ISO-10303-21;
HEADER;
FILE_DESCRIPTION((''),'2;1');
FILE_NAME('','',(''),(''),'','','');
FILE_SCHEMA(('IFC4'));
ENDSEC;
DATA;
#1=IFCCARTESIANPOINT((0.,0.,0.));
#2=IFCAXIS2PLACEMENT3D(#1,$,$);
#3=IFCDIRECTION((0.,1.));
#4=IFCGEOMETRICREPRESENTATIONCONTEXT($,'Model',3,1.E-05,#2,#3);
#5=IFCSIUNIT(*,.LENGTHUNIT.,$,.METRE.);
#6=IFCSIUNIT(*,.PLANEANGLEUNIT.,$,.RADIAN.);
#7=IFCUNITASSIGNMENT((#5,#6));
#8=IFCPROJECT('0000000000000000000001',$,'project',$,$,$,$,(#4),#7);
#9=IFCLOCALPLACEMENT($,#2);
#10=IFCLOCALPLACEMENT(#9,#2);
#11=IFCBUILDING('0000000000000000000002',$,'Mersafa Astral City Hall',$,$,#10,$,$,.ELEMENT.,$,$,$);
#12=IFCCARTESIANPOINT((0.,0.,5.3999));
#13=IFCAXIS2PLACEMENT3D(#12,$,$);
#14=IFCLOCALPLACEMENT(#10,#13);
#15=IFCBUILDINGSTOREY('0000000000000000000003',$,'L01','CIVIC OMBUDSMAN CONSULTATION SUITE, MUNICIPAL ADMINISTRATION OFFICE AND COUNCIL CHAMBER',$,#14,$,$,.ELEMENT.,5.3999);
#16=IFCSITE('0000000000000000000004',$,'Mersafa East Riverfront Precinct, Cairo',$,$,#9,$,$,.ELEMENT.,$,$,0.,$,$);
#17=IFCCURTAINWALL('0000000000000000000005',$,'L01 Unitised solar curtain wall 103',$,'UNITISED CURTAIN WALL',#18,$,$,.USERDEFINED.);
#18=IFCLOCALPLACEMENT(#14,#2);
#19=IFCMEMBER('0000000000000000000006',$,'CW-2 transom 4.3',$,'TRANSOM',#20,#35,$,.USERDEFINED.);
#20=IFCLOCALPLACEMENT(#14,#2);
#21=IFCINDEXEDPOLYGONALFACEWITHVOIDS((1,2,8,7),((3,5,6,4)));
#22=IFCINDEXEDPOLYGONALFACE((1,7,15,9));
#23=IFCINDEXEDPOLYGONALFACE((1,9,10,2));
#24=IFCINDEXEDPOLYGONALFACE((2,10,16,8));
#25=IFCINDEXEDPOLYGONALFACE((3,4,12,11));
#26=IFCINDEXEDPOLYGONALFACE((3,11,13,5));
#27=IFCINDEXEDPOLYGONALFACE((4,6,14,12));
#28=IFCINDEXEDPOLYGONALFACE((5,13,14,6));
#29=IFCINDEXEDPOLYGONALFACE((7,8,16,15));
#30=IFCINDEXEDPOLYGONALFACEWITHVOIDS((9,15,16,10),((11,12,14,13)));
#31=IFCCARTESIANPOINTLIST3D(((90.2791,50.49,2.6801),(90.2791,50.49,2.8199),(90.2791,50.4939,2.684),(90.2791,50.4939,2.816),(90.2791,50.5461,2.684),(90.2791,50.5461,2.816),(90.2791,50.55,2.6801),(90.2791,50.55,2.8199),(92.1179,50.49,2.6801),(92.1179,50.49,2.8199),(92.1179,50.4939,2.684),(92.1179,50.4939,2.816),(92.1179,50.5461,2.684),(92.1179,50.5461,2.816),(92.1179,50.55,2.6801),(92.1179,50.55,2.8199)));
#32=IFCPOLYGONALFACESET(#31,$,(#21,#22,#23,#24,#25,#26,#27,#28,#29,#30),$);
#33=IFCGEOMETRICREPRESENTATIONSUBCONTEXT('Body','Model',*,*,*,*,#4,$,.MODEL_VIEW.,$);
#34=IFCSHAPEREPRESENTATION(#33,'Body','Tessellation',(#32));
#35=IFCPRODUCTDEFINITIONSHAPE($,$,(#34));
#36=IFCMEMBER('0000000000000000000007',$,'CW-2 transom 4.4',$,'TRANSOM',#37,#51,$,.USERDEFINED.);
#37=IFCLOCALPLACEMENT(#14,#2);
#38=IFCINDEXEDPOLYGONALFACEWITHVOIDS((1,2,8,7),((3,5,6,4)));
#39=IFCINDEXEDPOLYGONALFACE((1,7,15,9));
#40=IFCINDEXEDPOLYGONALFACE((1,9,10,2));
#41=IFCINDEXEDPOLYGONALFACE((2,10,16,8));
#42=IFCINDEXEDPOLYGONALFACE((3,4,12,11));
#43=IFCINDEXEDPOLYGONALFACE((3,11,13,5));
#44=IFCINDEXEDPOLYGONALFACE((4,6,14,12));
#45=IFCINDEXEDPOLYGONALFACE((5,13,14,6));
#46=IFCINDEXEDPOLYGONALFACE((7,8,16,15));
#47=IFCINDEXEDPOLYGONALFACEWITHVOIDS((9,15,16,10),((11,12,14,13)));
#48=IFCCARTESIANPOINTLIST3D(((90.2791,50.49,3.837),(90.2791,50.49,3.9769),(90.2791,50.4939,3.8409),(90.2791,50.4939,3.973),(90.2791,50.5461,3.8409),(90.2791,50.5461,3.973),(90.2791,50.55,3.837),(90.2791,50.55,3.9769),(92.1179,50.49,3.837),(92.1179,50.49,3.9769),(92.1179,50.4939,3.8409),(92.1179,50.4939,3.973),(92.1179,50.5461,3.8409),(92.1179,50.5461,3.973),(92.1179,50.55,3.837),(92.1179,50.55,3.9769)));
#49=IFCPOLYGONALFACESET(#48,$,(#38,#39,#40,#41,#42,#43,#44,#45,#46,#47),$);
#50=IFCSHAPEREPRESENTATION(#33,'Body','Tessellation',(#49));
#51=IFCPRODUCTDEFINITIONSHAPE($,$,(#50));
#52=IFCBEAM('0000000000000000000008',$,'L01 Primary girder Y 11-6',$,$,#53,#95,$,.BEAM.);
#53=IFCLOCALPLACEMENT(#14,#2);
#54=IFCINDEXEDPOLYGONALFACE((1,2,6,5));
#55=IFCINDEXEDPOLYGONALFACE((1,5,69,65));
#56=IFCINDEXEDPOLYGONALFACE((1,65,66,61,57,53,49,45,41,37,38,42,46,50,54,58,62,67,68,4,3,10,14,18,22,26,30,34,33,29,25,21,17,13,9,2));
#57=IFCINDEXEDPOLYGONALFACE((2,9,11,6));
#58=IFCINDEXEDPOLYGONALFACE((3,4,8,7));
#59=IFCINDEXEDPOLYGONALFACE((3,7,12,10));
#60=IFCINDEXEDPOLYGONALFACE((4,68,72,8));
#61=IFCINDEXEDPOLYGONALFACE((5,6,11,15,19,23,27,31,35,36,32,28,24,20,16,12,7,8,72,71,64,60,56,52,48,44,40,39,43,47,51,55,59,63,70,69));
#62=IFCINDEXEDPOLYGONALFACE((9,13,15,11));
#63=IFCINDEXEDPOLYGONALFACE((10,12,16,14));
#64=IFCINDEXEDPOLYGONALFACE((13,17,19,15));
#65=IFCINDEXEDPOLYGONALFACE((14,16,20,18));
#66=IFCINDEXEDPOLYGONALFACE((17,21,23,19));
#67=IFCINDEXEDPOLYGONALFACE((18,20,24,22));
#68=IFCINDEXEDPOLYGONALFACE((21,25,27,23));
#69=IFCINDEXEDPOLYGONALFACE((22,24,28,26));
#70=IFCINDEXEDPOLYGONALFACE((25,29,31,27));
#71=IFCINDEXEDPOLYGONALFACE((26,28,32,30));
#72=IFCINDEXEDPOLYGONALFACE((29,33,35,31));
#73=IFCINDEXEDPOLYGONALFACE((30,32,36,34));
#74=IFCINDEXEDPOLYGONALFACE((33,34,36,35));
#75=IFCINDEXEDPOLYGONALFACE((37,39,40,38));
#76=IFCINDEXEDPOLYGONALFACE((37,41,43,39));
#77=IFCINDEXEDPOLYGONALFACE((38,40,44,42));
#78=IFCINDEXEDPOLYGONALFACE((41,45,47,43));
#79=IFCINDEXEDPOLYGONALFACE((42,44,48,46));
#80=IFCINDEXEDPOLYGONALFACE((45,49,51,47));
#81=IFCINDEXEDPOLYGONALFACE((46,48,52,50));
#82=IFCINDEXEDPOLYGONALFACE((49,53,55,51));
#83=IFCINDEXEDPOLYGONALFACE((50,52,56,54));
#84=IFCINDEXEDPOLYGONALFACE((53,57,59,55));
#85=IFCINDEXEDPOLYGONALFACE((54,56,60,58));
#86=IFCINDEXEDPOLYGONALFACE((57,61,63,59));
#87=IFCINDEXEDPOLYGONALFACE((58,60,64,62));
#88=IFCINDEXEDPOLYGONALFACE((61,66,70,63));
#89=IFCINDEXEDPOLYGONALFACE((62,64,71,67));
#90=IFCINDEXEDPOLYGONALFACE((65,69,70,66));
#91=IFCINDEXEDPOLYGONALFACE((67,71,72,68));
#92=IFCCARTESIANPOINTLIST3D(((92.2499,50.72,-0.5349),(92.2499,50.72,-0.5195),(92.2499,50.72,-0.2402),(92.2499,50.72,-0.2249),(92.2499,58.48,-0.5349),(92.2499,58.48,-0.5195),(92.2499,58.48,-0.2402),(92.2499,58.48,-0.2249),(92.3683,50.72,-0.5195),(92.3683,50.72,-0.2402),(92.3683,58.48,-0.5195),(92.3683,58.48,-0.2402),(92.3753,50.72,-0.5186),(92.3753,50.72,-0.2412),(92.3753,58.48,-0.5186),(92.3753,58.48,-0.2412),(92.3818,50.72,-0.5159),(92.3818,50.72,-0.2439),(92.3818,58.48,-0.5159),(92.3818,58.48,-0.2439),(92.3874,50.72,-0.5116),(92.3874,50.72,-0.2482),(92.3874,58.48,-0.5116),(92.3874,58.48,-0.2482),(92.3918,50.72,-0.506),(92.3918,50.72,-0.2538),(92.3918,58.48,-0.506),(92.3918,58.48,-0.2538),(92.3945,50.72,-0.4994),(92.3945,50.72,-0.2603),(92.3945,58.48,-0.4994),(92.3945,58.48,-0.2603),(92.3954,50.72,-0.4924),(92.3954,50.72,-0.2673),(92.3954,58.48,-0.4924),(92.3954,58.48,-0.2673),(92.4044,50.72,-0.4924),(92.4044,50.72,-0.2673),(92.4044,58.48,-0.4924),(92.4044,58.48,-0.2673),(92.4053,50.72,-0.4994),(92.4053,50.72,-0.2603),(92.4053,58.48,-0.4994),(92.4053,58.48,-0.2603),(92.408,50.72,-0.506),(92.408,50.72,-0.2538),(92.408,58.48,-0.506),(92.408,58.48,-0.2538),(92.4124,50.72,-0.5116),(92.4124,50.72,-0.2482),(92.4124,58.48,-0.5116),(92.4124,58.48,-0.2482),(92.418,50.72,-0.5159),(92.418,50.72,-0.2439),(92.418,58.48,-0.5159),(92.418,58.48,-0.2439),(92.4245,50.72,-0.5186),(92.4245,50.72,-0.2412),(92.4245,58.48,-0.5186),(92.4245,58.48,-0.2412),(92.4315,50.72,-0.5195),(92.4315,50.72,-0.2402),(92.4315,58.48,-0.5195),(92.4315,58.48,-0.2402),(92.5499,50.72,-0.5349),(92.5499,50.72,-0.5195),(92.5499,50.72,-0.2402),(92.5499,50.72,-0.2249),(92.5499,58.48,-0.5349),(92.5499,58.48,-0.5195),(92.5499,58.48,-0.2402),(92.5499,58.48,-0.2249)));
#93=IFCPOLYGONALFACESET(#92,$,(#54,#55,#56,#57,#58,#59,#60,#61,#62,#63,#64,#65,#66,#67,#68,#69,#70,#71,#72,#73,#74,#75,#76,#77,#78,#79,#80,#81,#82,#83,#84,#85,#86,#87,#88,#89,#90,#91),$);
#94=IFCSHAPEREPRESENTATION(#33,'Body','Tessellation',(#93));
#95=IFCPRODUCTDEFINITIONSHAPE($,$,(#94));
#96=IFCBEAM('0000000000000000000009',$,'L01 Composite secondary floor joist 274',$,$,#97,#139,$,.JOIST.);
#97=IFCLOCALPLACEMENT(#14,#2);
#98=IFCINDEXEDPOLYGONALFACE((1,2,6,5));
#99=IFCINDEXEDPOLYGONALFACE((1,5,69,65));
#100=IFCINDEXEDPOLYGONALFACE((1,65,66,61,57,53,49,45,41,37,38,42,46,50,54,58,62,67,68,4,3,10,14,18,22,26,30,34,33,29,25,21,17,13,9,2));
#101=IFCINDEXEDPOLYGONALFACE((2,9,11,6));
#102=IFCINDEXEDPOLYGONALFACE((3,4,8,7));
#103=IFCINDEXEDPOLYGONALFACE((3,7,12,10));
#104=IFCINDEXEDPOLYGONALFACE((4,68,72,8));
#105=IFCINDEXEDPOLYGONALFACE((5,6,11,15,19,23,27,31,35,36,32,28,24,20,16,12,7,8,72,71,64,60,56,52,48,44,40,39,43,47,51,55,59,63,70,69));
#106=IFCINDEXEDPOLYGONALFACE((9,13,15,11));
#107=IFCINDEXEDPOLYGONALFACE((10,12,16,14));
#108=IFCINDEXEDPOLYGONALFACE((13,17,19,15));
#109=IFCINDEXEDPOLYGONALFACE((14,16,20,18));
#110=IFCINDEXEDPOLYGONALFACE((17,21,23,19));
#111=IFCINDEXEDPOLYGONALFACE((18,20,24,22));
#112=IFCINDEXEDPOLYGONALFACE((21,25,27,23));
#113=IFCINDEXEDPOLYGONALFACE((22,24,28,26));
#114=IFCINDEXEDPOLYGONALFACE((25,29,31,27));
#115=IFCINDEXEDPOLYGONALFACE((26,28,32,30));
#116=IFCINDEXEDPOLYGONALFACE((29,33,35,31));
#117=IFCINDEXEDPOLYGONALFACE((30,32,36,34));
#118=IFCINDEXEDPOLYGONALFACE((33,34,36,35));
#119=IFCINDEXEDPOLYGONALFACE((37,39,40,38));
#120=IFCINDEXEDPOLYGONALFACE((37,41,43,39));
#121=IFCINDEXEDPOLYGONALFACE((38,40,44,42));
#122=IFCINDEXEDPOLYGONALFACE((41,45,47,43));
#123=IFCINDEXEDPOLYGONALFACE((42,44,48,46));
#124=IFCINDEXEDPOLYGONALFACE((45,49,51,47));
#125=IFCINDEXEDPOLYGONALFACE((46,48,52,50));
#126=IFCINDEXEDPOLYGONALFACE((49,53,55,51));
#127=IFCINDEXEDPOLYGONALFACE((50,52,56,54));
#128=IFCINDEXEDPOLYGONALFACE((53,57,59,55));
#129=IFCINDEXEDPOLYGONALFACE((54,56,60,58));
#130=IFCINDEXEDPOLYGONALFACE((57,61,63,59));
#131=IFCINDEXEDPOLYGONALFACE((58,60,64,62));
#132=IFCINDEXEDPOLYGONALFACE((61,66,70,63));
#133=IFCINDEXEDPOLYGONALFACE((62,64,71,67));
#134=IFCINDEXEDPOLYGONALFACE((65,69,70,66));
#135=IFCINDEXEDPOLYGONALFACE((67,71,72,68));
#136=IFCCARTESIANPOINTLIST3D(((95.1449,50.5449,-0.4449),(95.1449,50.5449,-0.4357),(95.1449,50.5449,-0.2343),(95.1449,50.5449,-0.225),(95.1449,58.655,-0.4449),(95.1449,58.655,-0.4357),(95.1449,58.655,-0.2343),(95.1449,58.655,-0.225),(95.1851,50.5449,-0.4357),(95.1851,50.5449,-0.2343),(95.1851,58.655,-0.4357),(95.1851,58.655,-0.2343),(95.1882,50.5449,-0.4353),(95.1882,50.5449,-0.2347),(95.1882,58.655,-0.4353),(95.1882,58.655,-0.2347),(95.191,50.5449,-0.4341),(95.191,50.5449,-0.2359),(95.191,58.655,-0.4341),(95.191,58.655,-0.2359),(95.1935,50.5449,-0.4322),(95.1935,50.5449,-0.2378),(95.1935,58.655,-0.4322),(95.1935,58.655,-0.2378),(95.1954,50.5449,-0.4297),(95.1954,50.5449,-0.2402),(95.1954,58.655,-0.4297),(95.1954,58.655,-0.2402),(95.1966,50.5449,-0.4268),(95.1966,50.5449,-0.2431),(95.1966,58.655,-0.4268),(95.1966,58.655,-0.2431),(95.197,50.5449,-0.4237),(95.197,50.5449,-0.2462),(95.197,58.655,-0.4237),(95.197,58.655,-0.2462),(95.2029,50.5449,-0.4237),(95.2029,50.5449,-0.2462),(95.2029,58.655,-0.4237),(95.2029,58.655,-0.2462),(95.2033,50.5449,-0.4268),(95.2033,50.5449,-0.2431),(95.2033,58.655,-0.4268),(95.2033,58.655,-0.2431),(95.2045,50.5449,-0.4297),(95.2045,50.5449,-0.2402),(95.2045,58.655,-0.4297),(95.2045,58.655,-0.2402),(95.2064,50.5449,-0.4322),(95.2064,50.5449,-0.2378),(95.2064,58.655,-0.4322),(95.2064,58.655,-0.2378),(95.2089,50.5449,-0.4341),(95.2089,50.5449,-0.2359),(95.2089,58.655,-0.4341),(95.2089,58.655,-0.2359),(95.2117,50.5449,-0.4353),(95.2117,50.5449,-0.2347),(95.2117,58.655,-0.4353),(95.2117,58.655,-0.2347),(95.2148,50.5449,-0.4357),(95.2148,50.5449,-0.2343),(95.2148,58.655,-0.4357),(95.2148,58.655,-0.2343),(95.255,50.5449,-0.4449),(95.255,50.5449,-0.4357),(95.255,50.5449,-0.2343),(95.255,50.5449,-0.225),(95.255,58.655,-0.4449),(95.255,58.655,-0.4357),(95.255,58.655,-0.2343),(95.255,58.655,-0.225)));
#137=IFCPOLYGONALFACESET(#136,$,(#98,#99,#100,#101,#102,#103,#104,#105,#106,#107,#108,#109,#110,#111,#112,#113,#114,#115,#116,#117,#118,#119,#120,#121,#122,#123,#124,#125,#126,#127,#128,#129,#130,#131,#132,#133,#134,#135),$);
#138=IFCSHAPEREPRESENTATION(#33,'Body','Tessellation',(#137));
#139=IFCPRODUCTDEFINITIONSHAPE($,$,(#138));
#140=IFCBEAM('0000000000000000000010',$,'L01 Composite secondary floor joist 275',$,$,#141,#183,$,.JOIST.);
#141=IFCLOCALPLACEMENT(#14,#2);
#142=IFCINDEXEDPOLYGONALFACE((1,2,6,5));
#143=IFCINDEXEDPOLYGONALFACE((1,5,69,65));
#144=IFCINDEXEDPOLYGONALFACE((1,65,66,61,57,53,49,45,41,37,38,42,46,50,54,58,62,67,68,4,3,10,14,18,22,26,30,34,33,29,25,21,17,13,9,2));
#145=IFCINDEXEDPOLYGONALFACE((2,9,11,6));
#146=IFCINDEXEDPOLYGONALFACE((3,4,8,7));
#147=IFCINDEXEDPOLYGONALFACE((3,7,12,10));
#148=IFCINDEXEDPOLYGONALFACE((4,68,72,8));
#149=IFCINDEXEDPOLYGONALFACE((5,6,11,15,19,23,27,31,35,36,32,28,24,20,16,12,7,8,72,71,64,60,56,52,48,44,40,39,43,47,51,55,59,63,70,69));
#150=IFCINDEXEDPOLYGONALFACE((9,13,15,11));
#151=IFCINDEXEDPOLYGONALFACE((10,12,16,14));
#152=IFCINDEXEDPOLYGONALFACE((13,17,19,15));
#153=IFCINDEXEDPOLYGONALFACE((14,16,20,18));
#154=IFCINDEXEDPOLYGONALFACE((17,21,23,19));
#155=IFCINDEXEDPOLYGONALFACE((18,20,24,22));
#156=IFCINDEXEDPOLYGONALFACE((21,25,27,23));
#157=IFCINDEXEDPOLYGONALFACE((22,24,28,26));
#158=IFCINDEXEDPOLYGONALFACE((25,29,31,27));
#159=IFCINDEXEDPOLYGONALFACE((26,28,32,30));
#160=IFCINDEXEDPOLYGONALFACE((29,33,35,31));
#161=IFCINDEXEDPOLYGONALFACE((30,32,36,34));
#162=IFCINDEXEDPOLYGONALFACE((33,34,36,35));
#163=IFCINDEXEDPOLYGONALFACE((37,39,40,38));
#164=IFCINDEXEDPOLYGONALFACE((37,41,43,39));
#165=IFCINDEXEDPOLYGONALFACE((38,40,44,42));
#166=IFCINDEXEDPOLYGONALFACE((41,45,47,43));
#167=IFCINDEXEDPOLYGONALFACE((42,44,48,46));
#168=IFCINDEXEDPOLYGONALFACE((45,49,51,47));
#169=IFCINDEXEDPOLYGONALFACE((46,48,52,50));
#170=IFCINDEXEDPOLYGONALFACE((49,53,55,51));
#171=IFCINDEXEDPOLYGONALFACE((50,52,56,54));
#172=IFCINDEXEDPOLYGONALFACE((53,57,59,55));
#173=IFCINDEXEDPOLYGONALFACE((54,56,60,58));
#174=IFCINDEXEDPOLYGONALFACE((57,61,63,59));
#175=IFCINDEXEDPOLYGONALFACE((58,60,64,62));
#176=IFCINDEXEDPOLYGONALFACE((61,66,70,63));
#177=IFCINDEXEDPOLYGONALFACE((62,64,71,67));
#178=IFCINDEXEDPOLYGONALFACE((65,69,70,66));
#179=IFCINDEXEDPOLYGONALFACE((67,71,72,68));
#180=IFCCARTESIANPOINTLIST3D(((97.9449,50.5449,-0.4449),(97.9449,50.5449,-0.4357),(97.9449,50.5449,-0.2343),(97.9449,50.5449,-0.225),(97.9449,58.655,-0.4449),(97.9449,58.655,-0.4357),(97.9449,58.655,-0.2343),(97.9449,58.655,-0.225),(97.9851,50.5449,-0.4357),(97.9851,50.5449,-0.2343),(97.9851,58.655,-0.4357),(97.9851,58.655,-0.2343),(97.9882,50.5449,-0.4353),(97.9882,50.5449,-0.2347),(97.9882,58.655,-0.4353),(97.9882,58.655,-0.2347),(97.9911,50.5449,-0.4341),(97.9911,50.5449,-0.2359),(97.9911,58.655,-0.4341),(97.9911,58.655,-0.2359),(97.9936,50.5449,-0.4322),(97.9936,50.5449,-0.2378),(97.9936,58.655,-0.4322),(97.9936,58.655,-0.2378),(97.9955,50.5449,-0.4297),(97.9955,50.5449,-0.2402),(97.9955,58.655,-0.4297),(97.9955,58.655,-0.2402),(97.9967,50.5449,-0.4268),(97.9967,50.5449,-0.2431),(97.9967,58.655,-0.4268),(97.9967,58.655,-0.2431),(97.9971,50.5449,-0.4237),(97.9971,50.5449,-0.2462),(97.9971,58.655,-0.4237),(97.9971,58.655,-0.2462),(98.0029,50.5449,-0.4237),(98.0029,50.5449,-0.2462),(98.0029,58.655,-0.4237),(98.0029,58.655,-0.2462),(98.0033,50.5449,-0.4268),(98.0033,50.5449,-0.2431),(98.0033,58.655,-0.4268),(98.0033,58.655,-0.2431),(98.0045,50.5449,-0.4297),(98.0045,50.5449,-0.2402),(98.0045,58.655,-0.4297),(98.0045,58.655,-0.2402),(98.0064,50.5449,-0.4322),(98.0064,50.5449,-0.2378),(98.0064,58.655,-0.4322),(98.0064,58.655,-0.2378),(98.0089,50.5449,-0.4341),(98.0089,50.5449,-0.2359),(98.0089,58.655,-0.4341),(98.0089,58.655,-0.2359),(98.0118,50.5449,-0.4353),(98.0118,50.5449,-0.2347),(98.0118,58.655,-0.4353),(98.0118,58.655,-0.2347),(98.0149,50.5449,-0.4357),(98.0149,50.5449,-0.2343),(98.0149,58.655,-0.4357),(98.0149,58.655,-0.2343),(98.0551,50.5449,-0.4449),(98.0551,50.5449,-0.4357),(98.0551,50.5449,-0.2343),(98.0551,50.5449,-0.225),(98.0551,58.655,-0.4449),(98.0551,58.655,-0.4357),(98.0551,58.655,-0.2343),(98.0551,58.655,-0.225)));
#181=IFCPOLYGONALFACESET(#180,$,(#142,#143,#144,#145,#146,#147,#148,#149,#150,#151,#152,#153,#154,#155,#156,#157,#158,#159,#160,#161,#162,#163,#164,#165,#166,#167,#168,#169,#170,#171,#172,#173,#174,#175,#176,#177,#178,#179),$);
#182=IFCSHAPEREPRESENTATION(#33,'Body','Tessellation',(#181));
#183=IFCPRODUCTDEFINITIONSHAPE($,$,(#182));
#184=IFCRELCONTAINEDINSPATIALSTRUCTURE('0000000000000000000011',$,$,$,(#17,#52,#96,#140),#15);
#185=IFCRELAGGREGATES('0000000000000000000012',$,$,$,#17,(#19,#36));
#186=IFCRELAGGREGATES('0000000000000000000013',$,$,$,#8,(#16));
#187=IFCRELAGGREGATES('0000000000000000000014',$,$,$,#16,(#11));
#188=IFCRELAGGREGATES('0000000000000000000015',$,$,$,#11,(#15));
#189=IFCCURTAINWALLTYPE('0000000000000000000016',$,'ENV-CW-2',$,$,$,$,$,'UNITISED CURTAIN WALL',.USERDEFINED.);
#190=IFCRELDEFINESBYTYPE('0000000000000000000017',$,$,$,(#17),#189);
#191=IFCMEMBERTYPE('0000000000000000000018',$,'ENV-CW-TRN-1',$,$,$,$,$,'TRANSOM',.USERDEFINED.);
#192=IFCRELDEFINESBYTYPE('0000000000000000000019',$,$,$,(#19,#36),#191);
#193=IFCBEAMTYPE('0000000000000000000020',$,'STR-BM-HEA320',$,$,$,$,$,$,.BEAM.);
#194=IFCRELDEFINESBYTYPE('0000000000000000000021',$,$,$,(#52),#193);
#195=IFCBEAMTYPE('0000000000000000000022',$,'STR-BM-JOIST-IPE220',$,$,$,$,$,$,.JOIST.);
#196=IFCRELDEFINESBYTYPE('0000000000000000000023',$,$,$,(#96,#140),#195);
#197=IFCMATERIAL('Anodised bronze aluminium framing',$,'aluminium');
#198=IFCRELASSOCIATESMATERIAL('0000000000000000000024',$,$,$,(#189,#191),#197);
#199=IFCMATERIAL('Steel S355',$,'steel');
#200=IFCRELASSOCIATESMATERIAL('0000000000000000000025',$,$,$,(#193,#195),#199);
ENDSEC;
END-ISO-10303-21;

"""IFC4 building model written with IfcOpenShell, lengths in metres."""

from ifc_helpers import new_model, si_unit, direction, frame, origin, origin_2d, place, context, subcontext, project, spatial, hollow_rectangle, i_section, extrude, material, material_profile, profile_set, type_object, element, aggregate, save


model = new_model("IFC4")

# Units and contexts
model_context = context("Model", 3, precision=1e-05, world=origin(), true_north=direction((0.0, 1.0)))
body_context = subcontext(model_context, "Body", "Model", "MODEL_VIEW")
ifc_project = project(units=[si_unit("LENGTHUNIT", "METRE"), si_unit("PLANEANGLEUNIT", "RADIAN")], contexts=[model_context])

# Site, building, storey
site_placement = place(None, origin())
site = spatial("IfcSite", under=ifc_project, at=site_placement, Name="Mersafa East Riverfront Precinct, Cairo", CompositionType="ELEMENT", RefElevation=0.0)
building_placement = place(site_placement, origin())
building = spatial("IfcBuilding", under=site, at=building_placement, Name="Mersafa Astral City Hall", CompositionType="ELEMENT")
storey_placement = place(building_placement, frame((0.0, 0.0, 5.3999)))
storey = spatial("IfcBuildingStorey", under=building, at=storey_placement, Name="L01", Description="CIVIC OMBUDSMAN CONSULTATION SUITE, MUNICIPAL ADMINISTRATION OFFICE AND COUNCIL CHAMBER", CompositionType="ELEMENT", Elevation=5.3999)

# Shared definitions
ifc_material_1 = material(Name="Steel S355", Category="steel")

# Curtain wall
ifc_material_2 = material(Name="Anodised bronze aluminium framing", Category="aluminium")
curtain_wall_type_1 = type_object("IfcCurtainWallType", Name="ENV-CW-2", ElementType="UNITISED CURTAIN WALL", PredefinedType="USERDEFINED", material=ifc_material_2)
curtain_wall_1_placement = place(storey_placement, origin())
curtain_wall_1 = element("IfcCurtainWall", 1, at=curtain_wall_1_placement, inside=storey, type_object=curtain_wall_type_1, Name="L01 Unitised solar curtain wall 103", ObjectType="UNITISED CURTAIN WALL", PredefinedType="USERDEFINED")

# Members
ifc_material_profile_1 = material_profile(ifc_material_2, hollow_rectangle(XDim=0.0601, YDim=0.1399, WallThickness=0.0039, at=origin_2d()), Name="RHS 60x140x4")
ifc_profile_set_1 = profile_set([ifc_material_profile_1], Name="Anodised bronze aluminium framing")
member_type_1 = type_object("IfcMemberType", Name="ENV-CW-TRN-1", ElementType="TRANSOM", PredefinedType="USERDEFINED", material=ifc_profile_set_1)
member_1_placement = place(storey_placement, frame((90.2791, 50.52, 2.75), z_axis=(1.0, 0.0, 0.0), x_axis=(0.0, 1.0, 0.0)))
member_1 = element("IfcMember", 2, at=member_1_placement, type_object=member_type_1, Name="CW-2 transom 4.3", ObjectType="TRANSOM", PredefinedType="USERDEFINED", context=body_context, shape_type="SweptSolid", body=[
    extrude(hollow_rectangle(XDim=0.0601, YDim=0.1399, WallThickness=0.0039, at=origin_2d()), origin(), (0.0, 0.0, 1.0), 1.8389),
])
member_2_placement = place(storey_placement, frame((90.2791, 50.52, 3.907), z_axis=(1.0, 0.0, 0.0), x_axis=(0.0, 1.0, 0.0)))
member_2 = element("IfcMember", 3, at=member_2_placement, type_object=member_type_1, Name="CW-2 transom 4.4", ObjectType="TRANSOM", PredefinedType="USERDEFINED", context=body_context, shape_type="SweptSolid", body=[
    extrude(hollow_rectangle(XDim=0.0601, YDim=0.1399, WallThickness=0.0039, at=origin_2d()), origin(), (0.0, 0.0, 1.0), 1.8389),
])

# Beams
ifc_material_profile_2 = material_profile(ifc_material_1, i_section(OverallWidth=0.3, OverallDepth=0.3101, WebThickness=0.009, FlangeThickness=0.0154, FilletRadius=0.0271, at=origin_2d()), Name="HEA 320")
ifc_profile_set_2 = profile_set([ifc_material_profile_2], Name="Steel S355")
beam_type_1 = type_object("IfcBeamType", Name="STR-BM-HEA320", PredefinedType="BEAM", material=ifc_profile_set_2)
beam_placement = place(storey_placement, frame((92.3999, 50.72, -0.3799), z_axis=(0.0, 1.0, 0.0), x_axis=(-1.0, 0.0, 0.0)))
element("IfcBeam", 4, at=beam_placement, inside=storey, type_object=beam_type_1, Name="L01 Primary girder Y 11-6", PredefinedType="BEAM", context=body_context, shape_type="SweptSolid", body=[
    extrude(i_section(OverallWidth=0.3, OverallDepth=0.3101, WebThickness=0.009, FlangeThickness=0.0154, FilletRadius=0.0271, at=origin_2d()), origin(), (0.0, 0.0, 1.0), 7.76),
])
ifc_material_profile_3 = material_profile(ifc_material_1, i_section(OverallWidth=0.1101, OverallDepth=0.22, WebThickness=0.0059, FlangeThickness=0.0093, FilletRadius=0.012, at=origin_2d()), Name="IPE 220")
ifc_profile_set_3 = profile_set([ifc_material_profile_3], Name="Steel S355")
beam_type_2 = type_object("IfcBeamType", Name="STR-BM-JOIST-IPE220", PredefinedType="JOIST", material=ifc_profile_set_3)
for number, where, z_axis, x_axis, name in (
    (5, (95.2, 50.5449, -0.335), (0.0, 1.0, 0.0), (-1.0, 0.0, 0.0), "L01 Composite secondary floor joist 274"),
    (6, (98.0, 50.5449, -0.335), (0.0, 1.0, 0.0), (-1.0, 0.0, 0.0), "L01 Composite secondary floor joist 275"),
):
    element("IfcBeam", number, at=place(storey_placement, frame(where, z_axis=z_axis, x_axis=x_axis)), inside=storey, type_object=beam_type_2, Name=name, PredefinedType="JOIST", context=body_context, shape_type="SweptSolid", body=[
        extrude(i_section(OverallWidth=0.1101, OverallDepth=0.22, WebThickness=0.0059, FlangeThickness=0.0093, FilletRadius=0.012, at=origin_2d()), origin(), (0.0, 0.0, 1.0), 8.1101),
    ])

aggregate(curtain_wall_1, [member_1, member_2])

save(model, "model.ifc")
